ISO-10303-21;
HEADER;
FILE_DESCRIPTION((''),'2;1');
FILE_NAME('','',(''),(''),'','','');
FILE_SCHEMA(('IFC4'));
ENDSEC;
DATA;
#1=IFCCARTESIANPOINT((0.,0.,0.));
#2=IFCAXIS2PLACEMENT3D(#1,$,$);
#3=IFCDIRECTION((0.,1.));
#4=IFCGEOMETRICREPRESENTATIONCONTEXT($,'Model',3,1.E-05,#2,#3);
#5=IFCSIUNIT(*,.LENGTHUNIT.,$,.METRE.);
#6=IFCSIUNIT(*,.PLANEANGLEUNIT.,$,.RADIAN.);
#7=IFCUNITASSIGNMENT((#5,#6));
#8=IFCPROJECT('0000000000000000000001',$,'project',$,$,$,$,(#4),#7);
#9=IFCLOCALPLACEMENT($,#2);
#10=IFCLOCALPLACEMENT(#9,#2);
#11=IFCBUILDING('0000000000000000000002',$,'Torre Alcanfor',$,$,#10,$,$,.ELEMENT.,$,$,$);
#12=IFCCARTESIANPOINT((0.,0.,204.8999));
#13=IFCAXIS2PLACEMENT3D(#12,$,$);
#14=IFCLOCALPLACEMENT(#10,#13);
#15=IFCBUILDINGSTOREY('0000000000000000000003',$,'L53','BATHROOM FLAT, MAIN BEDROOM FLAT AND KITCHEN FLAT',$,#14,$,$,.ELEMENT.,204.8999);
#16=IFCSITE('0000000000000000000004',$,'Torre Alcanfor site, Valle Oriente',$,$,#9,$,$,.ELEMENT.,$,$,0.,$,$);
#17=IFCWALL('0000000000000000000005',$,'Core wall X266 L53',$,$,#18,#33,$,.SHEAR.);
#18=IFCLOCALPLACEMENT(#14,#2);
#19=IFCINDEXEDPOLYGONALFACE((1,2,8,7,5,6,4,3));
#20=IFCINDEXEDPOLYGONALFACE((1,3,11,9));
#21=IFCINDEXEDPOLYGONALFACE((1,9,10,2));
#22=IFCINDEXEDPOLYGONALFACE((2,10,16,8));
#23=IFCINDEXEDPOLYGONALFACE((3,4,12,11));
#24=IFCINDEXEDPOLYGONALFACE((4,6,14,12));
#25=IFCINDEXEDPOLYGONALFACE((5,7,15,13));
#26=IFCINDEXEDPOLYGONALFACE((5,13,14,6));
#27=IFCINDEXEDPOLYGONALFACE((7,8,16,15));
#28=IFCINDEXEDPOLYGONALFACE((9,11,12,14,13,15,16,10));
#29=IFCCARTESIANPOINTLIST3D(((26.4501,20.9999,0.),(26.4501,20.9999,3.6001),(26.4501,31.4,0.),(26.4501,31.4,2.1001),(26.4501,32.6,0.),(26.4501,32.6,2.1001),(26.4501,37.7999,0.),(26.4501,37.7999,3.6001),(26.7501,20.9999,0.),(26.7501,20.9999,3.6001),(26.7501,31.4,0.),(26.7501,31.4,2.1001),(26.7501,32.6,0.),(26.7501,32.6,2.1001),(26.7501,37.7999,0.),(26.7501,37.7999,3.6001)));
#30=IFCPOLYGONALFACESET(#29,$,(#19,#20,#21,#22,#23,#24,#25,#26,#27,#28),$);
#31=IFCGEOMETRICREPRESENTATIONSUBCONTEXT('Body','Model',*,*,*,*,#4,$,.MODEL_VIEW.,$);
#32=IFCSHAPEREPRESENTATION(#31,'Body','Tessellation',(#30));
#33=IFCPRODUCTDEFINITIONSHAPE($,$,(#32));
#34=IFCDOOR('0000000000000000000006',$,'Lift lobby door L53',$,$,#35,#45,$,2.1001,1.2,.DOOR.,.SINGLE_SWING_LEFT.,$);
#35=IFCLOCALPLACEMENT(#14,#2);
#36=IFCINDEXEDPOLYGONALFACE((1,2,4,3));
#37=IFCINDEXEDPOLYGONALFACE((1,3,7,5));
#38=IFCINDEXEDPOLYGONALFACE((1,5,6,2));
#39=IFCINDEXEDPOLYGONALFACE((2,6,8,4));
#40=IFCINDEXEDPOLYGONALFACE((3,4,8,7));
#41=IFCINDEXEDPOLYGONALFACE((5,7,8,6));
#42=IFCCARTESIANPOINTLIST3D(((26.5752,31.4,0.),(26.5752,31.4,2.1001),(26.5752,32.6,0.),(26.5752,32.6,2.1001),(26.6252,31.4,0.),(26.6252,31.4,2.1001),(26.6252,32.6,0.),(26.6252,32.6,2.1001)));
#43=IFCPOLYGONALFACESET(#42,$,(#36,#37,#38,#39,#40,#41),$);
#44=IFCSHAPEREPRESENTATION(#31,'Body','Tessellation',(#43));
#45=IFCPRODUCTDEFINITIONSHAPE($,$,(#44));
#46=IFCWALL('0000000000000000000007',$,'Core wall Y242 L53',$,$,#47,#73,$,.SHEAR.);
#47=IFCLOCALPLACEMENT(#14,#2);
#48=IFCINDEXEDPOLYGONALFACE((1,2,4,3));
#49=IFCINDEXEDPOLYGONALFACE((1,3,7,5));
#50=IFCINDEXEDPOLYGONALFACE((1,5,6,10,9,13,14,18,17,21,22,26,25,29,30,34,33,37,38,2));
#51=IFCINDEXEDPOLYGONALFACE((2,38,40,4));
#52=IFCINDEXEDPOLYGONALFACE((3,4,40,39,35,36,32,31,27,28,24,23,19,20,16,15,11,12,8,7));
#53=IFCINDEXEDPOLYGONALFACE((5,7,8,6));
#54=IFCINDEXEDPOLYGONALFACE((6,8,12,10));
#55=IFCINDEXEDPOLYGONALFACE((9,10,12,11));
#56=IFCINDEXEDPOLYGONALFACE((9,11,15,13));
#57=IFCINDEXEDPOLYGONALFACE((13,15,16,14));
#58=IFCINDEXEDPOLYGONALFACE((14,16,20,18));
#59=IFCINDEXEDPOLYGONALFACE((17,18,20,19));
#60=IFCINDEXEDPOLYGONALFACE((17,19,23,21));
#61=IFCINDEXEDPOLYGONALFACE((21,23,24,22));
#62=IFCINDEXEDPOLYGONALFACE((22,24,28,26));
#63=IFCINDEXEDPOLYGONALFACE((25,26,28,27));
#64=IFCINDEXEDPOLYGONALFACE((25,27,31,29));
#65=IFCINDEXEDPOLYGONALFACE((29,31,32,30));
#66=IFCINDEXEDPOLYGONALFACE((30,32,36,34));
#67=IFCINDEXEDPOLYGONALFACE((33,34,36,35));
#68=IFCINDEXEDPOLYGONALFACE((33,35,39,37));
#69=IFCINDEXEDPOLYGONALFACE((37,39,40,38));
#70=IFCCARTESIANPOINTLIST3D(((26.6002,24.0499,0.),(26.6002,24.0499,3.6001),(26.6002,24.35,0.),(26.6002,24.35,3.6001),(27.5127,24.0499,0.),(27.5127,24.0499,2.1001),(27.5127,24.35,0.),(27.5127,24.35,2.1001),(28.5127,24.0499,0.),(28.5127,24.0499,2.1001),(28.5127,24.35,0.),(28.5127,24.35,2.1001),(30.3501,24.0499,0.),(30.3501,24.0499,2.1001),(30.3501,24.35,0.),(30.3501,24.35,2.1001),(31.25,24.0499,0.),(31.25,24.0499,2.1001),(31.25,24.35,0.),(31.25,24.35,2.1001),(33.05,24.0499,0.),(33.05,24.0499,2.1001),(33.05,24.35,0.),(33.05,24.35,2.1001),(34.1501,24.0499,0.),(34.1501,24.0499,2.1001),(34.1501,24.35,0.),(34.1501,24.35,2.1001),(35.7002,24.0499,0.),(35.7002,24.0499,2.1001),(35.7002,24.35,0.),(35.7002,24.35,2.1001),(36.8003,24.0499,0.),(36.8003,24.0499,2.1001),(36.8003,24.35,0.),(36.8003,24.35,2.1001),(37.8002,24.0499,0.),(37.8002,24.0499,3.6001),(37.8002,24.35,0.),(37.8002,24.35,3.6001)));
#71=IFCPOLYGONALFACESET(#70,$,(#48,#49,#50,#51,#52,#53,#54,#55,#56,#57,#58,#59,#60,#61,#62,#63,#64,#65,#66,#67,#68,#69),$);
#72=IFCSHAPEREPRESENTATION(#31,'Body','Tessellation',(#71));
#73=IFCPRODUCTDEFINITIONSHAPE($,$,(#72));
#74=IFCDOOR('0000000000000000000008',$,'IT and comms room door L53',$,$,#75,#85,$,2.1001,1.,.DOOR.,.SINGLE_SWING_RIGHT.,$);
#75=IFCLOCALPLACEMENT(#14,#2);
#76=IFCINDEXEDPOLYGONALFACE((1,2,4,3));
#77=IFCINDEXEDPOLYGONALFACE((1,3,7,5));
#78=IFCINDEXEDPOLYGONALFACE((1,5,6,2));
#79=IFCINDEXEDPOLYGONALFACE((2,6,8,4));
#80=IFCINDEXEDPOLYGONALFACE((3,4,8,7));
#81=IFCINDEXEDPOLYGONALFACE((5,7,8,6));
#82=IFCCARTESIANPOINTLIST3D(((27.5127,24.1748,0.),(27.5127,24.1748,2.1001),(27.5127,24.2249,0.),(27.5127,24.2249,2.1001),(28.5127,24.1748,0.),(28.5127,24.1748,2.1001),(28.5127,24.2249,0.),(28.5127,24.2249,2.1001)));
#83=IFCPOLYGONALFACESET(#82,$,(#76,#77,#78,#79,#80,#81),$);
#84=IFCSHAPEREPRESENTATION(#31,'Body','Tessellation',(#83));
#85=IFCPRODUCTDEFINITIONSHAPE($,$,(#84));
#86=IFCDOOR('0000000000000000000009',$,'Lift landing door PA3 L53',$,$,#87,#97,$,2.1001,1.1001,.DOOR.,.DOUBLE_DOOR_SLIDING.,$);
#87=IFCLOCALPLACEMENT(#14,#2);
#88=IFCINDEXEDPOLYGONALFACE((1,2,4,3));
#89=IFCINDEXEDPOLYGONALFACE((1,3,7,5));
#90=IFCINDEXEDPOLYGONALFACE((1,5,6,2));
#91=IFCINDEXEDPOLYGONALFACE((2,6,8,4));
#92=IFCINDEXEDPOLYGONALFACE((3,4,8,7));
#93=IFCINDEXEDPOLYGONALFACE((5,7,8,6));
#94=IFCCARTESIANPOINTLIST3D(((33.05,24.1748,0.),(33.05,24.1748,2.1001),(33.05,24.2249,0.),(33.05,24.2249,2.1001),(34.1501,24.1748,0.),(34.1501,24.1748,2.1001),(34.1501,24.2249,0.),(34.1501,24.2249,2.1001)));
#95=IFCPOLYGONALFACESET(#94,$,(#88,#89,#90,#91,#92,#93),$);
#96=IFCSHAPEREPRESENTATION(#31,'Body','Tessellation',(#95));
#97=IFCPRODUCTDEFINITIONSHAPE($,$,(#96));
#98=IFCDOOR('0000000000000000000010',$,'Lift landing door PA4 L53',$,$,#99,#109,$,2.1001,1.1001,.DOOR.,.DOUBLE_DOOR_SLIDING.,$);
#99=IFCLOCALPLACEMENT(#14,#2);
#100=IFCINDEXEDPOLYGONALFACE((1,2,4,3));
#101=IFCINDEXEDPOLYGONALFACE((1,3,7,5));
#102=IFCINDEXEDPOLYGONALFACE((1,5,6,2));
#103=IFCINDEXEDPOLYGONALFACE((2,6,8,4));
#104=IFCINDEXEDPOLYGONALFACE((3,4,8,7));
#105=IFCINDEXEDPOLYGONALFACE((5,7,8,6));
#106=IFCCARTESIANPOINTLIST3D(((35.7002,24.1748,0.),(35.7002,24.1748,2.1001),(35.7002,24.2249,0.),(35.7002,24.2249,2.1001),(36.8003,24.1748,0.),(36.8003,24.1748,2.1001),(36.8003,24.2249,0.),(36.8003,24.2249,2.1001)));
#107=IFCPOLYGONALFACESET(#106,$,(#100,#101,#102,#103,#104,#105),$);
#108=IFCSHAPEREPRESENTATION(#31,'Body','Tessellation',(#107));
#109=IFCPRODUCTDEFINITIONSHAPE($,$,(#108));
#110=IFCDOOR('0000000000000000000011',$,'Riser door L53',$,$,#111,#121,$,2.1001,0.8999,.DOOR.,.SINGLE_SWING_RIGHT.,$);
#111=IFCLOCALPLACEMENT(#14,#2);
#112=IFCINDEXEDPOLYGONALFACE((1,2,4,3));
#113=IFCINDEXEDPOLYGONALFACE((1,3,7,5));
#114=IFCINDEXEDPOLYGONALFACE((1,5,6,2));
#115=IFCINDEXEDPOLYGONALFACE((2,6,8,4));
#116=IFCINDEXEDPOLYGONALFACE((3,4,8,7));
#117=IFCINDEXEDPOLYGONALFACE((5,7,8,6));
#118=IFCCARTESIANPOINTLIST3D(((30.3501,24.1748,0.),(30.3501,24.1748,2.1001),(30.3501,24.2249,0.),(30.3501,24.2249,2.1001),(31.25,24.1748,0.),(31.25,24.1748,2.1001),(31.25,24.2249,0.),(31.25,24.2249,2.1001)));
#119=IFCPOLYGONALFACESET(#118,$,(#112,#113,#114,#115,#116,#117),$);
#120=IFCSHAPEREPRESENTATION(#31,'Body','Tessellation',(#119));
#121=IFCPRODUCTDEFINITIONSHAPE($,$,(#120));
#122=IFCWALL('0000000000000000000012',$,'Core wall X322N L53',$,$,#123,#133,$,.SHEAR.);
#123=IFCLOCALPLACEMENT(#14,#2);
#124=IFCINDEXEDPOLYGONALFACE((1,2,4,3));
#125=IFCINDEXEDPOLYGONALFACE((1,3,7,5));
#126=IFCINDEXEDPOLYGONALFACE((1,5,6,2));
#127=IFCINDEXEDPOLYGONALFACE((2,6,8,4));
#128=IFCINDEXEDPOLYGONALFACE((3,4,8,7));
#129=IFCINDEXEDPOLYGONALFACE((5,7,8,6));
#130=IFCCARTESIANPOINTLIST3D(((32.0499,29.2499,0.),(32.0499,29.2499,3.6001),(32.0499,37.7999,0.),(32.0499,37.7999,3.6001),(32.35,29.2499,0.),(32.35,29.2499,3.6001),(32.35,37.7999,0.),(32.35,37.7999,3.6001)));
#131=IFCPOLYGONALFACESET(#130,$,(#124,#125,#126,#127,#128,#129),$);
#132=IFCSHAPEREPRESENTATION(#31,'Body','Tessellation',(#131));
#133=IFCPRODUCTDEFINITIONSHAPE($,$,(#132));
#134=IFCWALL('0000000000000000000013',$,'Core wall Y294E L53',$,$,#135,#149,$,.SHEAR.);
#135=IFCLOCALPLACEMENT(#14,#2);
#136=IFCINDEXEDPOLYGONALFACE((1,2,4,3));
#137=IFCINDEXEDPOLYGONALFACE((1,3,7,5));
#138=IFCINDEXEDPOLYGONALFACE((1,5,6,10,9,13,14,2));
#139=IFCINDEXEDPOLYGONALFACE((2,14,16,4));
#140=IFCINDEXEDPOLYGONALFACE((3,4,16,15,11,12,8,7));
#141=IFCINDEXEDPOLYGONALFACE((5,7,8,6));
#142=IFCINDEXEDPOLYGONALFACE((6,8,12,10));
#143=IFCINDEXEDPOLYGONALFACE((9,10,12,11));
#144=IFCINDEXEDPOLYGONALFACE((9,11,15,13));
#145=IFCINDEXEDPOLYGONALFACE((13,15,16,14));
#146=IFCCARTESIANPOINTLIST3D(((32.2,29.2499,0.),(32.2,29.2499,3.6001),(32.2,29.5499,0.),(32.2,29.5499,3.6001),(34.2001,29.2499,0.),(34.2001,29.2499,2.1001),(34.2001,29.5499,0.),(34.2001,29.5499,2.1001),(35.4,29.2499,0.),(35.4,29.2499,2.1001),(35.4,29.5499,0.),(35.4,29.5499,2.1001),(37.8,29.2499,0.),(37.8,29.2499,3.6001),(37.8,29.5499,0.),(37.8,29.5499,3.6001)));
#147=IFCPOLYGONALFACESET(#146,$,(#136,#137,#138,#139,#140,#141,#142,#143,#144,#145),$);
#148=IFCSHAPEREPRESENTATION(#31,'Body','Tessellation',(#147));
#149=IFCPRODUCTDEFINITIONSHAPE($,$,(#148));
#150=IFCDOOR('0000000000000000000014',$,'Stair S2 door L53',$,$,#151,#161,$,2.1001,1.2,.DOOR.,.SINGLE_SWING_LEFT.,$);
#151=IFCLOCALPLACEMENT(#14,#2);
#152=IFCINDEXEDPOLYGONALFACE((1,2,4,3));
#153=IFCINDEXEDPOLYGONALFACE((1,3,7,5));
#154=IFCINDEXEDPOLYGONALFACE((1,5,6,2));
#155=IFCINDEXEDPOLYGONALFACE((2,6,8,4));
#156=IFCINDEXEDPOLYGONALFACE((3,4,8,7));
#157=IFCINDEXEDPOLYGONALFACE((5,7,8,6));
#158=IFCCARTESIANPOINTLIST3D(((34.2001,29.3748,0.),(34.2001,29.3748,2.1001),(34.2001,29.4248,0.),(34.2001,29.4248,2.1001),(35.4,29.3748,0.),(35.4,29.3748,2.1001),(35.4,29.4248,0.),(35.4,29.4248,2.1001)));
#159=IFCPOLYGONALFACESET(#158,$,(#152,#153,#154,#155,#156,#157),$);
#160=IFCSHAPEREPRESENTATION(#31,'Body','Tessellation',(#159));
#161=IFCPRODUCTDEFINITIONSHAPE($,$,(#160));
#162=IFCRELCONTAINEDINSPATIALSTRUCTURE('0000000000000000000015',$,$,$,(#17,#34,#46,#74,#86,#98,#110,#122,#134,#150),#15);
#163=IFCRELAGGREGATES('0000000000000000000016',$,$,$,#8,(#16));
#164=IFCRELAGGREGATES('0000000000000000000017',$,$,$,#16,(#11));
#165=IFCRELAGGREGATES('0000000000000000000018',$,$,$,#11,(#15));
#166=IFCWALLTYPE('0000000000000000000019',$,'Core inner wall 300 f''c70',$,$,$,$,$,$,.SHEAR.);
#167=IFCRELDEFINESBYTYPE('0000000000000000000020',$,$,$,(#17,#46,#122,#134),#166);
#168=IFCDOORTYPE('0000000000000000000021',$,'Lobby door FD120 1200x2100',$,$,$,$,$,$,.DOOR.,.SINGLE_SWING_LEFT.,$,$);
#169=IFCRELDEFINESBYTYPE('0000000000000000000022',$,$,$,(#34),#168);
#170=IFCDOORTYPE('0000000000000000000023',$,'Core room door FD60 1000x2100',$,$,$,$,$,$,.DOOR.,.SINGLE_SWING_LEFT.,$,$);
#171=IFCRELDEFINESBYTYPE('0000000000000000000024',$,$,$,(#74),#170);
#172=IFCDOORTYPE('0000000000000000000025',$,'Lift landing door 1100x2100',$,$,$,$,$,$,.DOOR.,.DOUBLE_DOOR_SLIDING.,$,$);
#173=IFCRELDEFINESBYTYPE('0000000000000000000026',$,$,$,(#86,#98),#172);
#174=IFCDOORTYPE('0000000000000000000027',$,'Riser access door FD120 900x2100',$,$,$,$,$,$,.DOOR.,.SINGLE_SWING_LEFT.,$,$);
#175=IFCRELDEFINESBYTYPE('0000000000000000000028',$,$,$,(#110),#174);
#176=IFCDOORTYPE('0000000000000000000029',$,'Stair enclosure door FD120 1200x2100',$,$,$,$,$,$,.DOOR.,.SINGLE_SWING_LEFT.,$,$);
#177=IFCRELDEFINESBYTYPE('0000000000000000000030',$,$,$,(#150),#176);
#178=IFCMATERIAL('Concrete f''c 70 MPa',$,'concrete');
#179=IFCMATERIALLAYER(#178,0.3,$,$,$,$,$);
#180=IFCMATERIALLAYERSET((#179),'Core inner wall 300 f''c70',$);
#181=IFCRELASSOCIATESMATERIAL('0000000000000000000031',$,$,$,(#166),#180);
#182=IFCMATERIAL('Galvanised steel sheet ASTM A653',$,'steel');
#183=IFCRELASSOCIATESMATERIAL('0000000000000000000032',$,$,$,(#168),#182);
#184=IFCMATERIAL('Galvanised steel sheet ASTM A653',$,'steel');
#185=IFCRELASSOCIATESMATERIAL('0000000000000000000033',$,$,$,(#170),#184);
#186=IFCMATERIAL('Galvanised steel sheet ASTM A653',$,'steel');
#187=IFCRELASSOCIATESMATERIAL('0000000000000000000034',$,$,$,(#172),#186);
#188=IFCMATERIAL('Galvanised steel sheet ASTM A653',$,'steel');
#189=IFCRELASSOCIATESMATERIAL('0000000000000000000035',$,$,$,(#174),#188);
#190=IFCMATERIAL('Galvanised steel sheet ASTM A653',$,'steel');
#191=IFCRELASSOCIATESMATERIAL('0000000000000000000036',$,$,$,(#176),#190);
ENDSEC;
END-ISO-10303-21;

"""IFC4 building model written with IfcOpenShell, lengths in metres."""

from ifc_helpers import new_model, si_unit, direction, frame, frame_2d, origin, place, context, subcontext, project, spatial, rectangle, extrude, material, layer, layer_set, type_object, element, fill, save


model = new_model("IFC4")

# Units and contexts
model_context = context("Model", 3, precision=1e-05, world=origin(), true_north=direction((0.0, 1.0)))
body_context = subcontext(model_context, "Body", "Model", "MODEL_VIEW")
ifc_project = project(units=[si_unit("LENGTHUNIT", "METRE"), si_unit("PLANEANGLEUNIT", "RADIAN")], contexts=[model_context])

# Site, building, storey
site_placement = place(None, origin())
site = spatial("IfcSite", under=ifc_project, at=site_placement, Name="Torre Alcanfor site, Valle Oriente", CompositionType="ELEMENT", RefElevation=0.0)
building_placement = place(site_placement, origin())
building = spatial("IfcBuilding", under=site, at=building_placement, Name="Torre Alcanfor", CompositionType="ELEMENT")
storey_placement = place(building_placement, frame((0.0, 0.0, 204.8999)))
storey = spatial("IfcBuildingStorey", under=building, at=storey_placement, Name="L53", Description="BATHROOM FLAT, MAIN BEDROOM FLAT AND KITCHEN FLAT", CompositionType="ELEMENT", Elevation=204.8999)

# Wall, opening, door
ifc_material_1 = material(Name="Concrete f'c 70 MPa", Category="concrete")
ifc_layer_1 = layer(ifc_material_1, 0.3)
ifc_layer_set_1 = layer_set([ifc_layer_1], Name="Core inner wall 300 f'c70")
wall_type_1 = type_object("IfcWallType", Name="Core inner wall 300 f'c70", PredefinedType="SHEAR", material=ifc_layer_set_1)
wall_1_placement = place(storey_placement, frame((26.6001, 21.0, 0.0), z_axis=(0.0, 0.0, 1.0), x_axis=(0.0, 1.0, 0.0)))
wall_1 = element("IfcWall", 1, at=wall_1_placement, inside=storey, type_object=wall_type_1, Name="Core wall X266 L53", PredefinedType="SHEAR", context=body_context, shape_type="SweptSolid", body=[
    extrude(rectangle(XDim=16.8, YDim=0.3, at=frame_2d((8.3999, 0.0))), origin(), (0.0, 0.0, 1.0), 3.6001),
])
opening_1_placement = place(wall_1_placement, frame((10.3999, 0.0, 0.0)))
opening_1 = element("IfcOpeningElement", 2, at=opening_1_placement, cuts=wall_1, PredefinedType="OPENING", context=body_context, shape_type="SweptSolid", body=[
    extrude(rectangle(XDim=1.2, YDim=2.1001, at=frame_2d((0.6001, 1.05))), frame((0.0, 0.1599, 0.0), z_axis=(0.0, -1.0, 0.0), x_axis=(1.0, 0.0, 0.0)), (0.0, 0.0, 1.0), 0.3201),
])
ifc_material_2 = material(Name="Galvanised steel sheet ASTM A653", Category="steel")
door_type_1 = type_object("IfcDoorType", Name="Lobby door FD120 1200x2100", OperationType="SINGLE_SWING_LEFT", PredefinedType="DOOR", material=ifc_material_2)
door_1_placement = place(opening_1_placement, origin())
door_1 = element("IfcDoor", 3, at=door_1_placement, inside=storey, type_object=door_type_1, Name="Lift lobby door L53", OperationType="SINGLE_SWING_LEFT", OverallHeight=2.1001, OverallWidth=1.2, PredefinedType="DOOR", context=body_context, shape_type="SweptSolid", body=[
    extrude(rectangle(XDim=1.2, YDim=2.1001, at=frame_2d((0.6001, 1.05))), frame((0.0, 0.0249, 0.0), z_axis=(0.0, -1.0, 0.0), x_axis=(1.0, 0.0, 0.0)), (0.0, 0.0, 1.0), 0.05),
])
fill(opening_1, door_1)

# Wall, openings, doors
wall_2_placement = place(storey_placement, frame((26.6001, 24.2, 0.0), z_axis=(0.0, 0.0, 1.0), x_axis=(1.0, 0.0, 0.0)))
wall_2 = element("IfcWall", 4, at=wall_2_placement, inside=storey, type_object=wall_type_1, Name="Core wall Y242 L53", PredefinedType="SHEAR", context=body_context, shape_type="SweptSolid", body=[
    extrude(rectangle(XDim=11.2, YDim=0.3, at=frame_2d((5.6001, 0.0))), origin(), (0.0, 0.0, 1.0), 3.6001),
])
opening_2_placement = place(wall_2_placement, frame((0.9126, 0.0, 0.0)))
opening_2 = element("IfcOpeningElement", 5, at=opening_2_placement, cuts=wall_2, PredefinedType="OPENING", context=body_context, shape_type="SweptSolid", body=[
    extrude(rectangle(XDim=1.0, YDim=2.1001, at=frame_2d((0.5, 1.05))), frame((0.0, 0.1599, 0.0), z_axis=(0.0, -1.0, 0.0), x_axis=(1.0, 0.0, 0.0)), (0.0, 0.0, 1.0), 0.3201),
])
opening_3_placement = place(wall_2_placement, frame((3.75, 0.0, 0.0)))
opening_3 = element("IfcOpeningElement", 6, at=opening_3_placement, cuts=wall_2, PredefinedType="OPENING", context=body_context, shape_type="SweptSolid", body=[
    extrude(rectangle(XDim=0.8999, YDim=2.1001, at=frame_2d((0.45, 1.05))), frame((0.0, 0.1599, 0.0), z_axis=(0.0, -1.0, 0.0), x_axis=(1.0, 0.0, 0.0)), (0.0, 0.0, 1.0), 0.3201),
])
opening_4_placement = place(wall_2_placement, frame((6.45, 0.0, 0.0)))
opening_4 = element("IfcOpeningElement", 7, at=opening_4_placement, cuts=wall_2, PredefinedType="OPENING", context=body_context, shape_type="SweptSolid", body=[
    extrude(rectangle(XDim=1.1001, YDim=2.1001, at=frame_2d((0.55, 1.05))), frame((0.0, 0.1599, 0.0), z_axis=(0.0, -1.0, 0.0), x_axis=(1.0, 0.0, 0.0)), (0.0, 0.0, 1.0), 0.3201),
])
opening_5_placement = place(wall_2_placement, frame((9.1001, 0.0, 0.0)))
opening_5 = element("IfcOpeningElement", 8, at=opening_5_placement, cuts=wall_2, PredefinedType="OPENING", context=body_context, shape_type="SweptSolid", body=[
    extrude(rectangle(XDim=1.1001, YDim=2.1001, at=frame_2d((0.55, 1.05))), frame((0.0, 0.1599, 0.0), z_axis=(0.0, -1.0, 0.0), x_axis=(1.0, 0.0, 0.0)), (0.0, 0.0, 1.0), 0.3201),
])
ifc_material_3 = material(Name="Galvanised steel sheet ASTM A653", Category="steel")
door_type_2 = type_object("IfcDoorType", Name="Core room door FD60 1000x2100", OperationType="SINGLE_SWING_LEFT", PredefinedType="DOOR", material=ifc_material_3)
door_2_placement = place(opening_2_placement, frame((1.0, 0.0, 0.0), z_axis=(0.0, 0.0, 1.0), x_axis=(-1.0, 0.0, 0.0)))
door_2 = element("IfcDoor", 9, at=door_2_placement, inside=storey, type_object=door_type_2, Name="IT and comms room door L53", OperationType="SINGLE_SWING_RIGHT", OverallHeight=2.1001, OverallWidth=1.0, PredefinedType="DOOR", context=body_context, shape_type="SweptSolid", body=[
    extrude(rectangle(XDim=1.0, YDim=2.1001, at=frame_2d((0.5, 1.05))), frame((0.0, 0.0251, 0.0), z_axis=(0.0, -1.0, 0.0), x_axis=(1.0, 0.0, 0.0)), (0.0, 0.0, 1.0), 0.05),
])
fill(opening_2, door_2)
ifc_material_4 = material(Name="Galvanised steel sheet ASTM A653", Category="steel")
door_type_3 = type_object("IfcDoorType", Name="Lift landing door 1100x2100", OperationType="DOUBLE_DOOR_SLIDING", PredefinedType="DOOR", material=ifc_material_4)
door_3_placement = place(opening_4_placement, origin())
door_3 = element("IfcDoor", 10, at=door_3_placement, inside=storey, type_object=door_type_3, Name="Lift landing door PA3 L53", OperationType="DOUBLE_DOOR_SLIDING", OverallHeight=2.1001, OverallWidth=1.1001, PredefinedType="DOOR", context=body_context, shape_type="SweptSolid", body=[
    extrude(rectangle(XDim=1.1001, YDim=2.1001, at=frame_2d((0.55, 1.05))), frame((0.0, 0.0249, 0.0), z_axis=(0.0, -1.0, 0.0), x_axis=(1.0, 0.0, 0.0)), (0.0, 0.0, 1.0), 0.05),
])
fill(opening_4, door_3)
door_4_placement = place(opening_5_placement, origin())
door_4 = element("IfcDoor", 11, at=door_4_placement, inside=storey, type_object=door_type_3, Name="Lift landing door PA4 L53", OperationType="DOUBLE_DOOR_SLIDING", OverallHeight=2.1001, OverallWidth=1.1001, PredefinedType="DOOR", context=body_context, shape_type="SweptSolid", body=[
    extrude(rectangle(XDim=1.1001, YDim=2.1001, at=frame_2d((0.55, 1.05))), frame((0.0, 0.0249, 0.0), z_axis=(0.0, -1.0, 0.0), x_axis=(1.0, 0.0, 0.0)), (0.0, 0.0, 1.0), 0.05),
])
fill(opening_5, door_4)
ifc_material_5 = material(Name="Galvanised steel sheet ASTM A653", Category="steel")
door_type_4 = type_object("IfcDoorType", Name="Riser access door FD120 900x2100", OperationType="SINGLE_SWING_LEFT", PredefinedType="DOOR", material=ifc_material_5)
door_5_placement = place(opening_3_placement, frame((0.8999, 0.0, 0.0), z_axis=(0.0, 0.0, 1.0), x_axis=(-1.0, 0.0, 0.0)))
door_5 = element("IfcDoor", 12, at=door_5_placement, inside=storey, type_object=door_type_4, Name="Riser door L53", OperationType="SINGLE_SWING_RIGHT", OverallHeight=2.1001, OverallWidth=0.8999, PredefinedType="DOOR", context=body_context, shape_type="SweptSolid", body=[
    extrude(rectangle(XDim=0.8999, YDim=2.1001, at=frame_2d((0.45, 1.05))), frame((0.0, 0.0251, 0.0), z_axis=(0.0, -1.0, 0.0), x_axis=(1.0, 0.0, 0.0)), (0.0, 0.0, 1.0), 0.05),
])
fill(opening_3, door_5)

# Wall
wall_3_placement = place(storey_placement, frame((32.2, 29.25, 0.0), z_axis=(0.0, 0.0, 1.0), x_axis=(0.0, 1.0, 0.0)))
element("IfcWall", 13, at=wall_3_placement, inside=storey, type_object=wall_type_1, Name="Core wall X322N L53", PredefinedType="SHEAR", context=body_context, shape_type="SweptSolid", body=[
    extrude(rectangle(XDim=8.55, YDim=0.3, at=frame_2d((4.2749, 0.0))), origin(), (0.0, 0.0, 1.0), 3.6001),
])

# Wall, opening, door
wall_4_placement = place(storey_placement, frame((32.2, 29.3999, 0.0), z_axis=(0.0, 0.0, 1.0), x_axis=(1.0, 0.0, 0.0)))
wall_4 = element("IfcWall", 14, at=wall_4_placement, inside=storey, type_object=wall_type_1, Name="Core wall Y294E L53", PredefinedType="SHEAR", context=body_context, shape_type="SweptSolid", body=[
    extrude(rectangle(XDim=5.6001, YDim=0.3, at=frame_2d((2.8, 0.0))), origin(), (0.0, 0.0, 1.0), 3.6001),
])
opening_6_placement = place(wall_4_placement, frame((2.0, 0.0, 0.0)))
opening_6 = element("IfcOpeningElement", 15, at=opening_6_placement, cuts=wall_4, PredefinedType="OPENING", context=body_context, shape_type="SweptSolid", body=[
    extrude(rectangle(XDim=1.2, YDim=2.1001, at=frame_2d((0.6001, 1.05))), frame((0.0, 0.1599, 0.0), z_axis=(0.0, -1.0, 0.0), x_axis=(1.0, 0.0, 0.0)), (0.0, 0.0, 1.0), 0.3201),
])
ifc_material_6 = material(Name="Galvanised steel sheet ASTM A653", Category="steel")
door_type_5 = type_object("IfcDoorType", Name="Stair enclosure door FD120 1200x2100", OperationType="SINGLE_SWING_LEFT", PredefinedType="DOOR", material=ifc_material_6)
door_6_placement = place(opening_6_placement, origin())
door_6 = element("IfcDoor", 16, at=door_6_placement, inside=storey, type_object=door_type_5, Name="Stair S2 door L53", OperationType="SINGLE_SWING_LEFT", OverallHeight=2.1001, OverallWidth=1.2, PredefinedType="DOOR", context=body_context, shape_type="SweptSolid", body=[
    extrude(rectangle(XDim=1.2, YDim=2.1001, at=frame_2d((0.6001, 1.05))), frame((0.0, 0.0249, 0.0), z_axis=(0.0, -1.0, 0.0), x_axis=(1.0, 0.0, 0.0)), (0.0, 0.0, 1.0), 0.05),
])
fill(opening_6, door_6)

save(model, "model.ifc")
